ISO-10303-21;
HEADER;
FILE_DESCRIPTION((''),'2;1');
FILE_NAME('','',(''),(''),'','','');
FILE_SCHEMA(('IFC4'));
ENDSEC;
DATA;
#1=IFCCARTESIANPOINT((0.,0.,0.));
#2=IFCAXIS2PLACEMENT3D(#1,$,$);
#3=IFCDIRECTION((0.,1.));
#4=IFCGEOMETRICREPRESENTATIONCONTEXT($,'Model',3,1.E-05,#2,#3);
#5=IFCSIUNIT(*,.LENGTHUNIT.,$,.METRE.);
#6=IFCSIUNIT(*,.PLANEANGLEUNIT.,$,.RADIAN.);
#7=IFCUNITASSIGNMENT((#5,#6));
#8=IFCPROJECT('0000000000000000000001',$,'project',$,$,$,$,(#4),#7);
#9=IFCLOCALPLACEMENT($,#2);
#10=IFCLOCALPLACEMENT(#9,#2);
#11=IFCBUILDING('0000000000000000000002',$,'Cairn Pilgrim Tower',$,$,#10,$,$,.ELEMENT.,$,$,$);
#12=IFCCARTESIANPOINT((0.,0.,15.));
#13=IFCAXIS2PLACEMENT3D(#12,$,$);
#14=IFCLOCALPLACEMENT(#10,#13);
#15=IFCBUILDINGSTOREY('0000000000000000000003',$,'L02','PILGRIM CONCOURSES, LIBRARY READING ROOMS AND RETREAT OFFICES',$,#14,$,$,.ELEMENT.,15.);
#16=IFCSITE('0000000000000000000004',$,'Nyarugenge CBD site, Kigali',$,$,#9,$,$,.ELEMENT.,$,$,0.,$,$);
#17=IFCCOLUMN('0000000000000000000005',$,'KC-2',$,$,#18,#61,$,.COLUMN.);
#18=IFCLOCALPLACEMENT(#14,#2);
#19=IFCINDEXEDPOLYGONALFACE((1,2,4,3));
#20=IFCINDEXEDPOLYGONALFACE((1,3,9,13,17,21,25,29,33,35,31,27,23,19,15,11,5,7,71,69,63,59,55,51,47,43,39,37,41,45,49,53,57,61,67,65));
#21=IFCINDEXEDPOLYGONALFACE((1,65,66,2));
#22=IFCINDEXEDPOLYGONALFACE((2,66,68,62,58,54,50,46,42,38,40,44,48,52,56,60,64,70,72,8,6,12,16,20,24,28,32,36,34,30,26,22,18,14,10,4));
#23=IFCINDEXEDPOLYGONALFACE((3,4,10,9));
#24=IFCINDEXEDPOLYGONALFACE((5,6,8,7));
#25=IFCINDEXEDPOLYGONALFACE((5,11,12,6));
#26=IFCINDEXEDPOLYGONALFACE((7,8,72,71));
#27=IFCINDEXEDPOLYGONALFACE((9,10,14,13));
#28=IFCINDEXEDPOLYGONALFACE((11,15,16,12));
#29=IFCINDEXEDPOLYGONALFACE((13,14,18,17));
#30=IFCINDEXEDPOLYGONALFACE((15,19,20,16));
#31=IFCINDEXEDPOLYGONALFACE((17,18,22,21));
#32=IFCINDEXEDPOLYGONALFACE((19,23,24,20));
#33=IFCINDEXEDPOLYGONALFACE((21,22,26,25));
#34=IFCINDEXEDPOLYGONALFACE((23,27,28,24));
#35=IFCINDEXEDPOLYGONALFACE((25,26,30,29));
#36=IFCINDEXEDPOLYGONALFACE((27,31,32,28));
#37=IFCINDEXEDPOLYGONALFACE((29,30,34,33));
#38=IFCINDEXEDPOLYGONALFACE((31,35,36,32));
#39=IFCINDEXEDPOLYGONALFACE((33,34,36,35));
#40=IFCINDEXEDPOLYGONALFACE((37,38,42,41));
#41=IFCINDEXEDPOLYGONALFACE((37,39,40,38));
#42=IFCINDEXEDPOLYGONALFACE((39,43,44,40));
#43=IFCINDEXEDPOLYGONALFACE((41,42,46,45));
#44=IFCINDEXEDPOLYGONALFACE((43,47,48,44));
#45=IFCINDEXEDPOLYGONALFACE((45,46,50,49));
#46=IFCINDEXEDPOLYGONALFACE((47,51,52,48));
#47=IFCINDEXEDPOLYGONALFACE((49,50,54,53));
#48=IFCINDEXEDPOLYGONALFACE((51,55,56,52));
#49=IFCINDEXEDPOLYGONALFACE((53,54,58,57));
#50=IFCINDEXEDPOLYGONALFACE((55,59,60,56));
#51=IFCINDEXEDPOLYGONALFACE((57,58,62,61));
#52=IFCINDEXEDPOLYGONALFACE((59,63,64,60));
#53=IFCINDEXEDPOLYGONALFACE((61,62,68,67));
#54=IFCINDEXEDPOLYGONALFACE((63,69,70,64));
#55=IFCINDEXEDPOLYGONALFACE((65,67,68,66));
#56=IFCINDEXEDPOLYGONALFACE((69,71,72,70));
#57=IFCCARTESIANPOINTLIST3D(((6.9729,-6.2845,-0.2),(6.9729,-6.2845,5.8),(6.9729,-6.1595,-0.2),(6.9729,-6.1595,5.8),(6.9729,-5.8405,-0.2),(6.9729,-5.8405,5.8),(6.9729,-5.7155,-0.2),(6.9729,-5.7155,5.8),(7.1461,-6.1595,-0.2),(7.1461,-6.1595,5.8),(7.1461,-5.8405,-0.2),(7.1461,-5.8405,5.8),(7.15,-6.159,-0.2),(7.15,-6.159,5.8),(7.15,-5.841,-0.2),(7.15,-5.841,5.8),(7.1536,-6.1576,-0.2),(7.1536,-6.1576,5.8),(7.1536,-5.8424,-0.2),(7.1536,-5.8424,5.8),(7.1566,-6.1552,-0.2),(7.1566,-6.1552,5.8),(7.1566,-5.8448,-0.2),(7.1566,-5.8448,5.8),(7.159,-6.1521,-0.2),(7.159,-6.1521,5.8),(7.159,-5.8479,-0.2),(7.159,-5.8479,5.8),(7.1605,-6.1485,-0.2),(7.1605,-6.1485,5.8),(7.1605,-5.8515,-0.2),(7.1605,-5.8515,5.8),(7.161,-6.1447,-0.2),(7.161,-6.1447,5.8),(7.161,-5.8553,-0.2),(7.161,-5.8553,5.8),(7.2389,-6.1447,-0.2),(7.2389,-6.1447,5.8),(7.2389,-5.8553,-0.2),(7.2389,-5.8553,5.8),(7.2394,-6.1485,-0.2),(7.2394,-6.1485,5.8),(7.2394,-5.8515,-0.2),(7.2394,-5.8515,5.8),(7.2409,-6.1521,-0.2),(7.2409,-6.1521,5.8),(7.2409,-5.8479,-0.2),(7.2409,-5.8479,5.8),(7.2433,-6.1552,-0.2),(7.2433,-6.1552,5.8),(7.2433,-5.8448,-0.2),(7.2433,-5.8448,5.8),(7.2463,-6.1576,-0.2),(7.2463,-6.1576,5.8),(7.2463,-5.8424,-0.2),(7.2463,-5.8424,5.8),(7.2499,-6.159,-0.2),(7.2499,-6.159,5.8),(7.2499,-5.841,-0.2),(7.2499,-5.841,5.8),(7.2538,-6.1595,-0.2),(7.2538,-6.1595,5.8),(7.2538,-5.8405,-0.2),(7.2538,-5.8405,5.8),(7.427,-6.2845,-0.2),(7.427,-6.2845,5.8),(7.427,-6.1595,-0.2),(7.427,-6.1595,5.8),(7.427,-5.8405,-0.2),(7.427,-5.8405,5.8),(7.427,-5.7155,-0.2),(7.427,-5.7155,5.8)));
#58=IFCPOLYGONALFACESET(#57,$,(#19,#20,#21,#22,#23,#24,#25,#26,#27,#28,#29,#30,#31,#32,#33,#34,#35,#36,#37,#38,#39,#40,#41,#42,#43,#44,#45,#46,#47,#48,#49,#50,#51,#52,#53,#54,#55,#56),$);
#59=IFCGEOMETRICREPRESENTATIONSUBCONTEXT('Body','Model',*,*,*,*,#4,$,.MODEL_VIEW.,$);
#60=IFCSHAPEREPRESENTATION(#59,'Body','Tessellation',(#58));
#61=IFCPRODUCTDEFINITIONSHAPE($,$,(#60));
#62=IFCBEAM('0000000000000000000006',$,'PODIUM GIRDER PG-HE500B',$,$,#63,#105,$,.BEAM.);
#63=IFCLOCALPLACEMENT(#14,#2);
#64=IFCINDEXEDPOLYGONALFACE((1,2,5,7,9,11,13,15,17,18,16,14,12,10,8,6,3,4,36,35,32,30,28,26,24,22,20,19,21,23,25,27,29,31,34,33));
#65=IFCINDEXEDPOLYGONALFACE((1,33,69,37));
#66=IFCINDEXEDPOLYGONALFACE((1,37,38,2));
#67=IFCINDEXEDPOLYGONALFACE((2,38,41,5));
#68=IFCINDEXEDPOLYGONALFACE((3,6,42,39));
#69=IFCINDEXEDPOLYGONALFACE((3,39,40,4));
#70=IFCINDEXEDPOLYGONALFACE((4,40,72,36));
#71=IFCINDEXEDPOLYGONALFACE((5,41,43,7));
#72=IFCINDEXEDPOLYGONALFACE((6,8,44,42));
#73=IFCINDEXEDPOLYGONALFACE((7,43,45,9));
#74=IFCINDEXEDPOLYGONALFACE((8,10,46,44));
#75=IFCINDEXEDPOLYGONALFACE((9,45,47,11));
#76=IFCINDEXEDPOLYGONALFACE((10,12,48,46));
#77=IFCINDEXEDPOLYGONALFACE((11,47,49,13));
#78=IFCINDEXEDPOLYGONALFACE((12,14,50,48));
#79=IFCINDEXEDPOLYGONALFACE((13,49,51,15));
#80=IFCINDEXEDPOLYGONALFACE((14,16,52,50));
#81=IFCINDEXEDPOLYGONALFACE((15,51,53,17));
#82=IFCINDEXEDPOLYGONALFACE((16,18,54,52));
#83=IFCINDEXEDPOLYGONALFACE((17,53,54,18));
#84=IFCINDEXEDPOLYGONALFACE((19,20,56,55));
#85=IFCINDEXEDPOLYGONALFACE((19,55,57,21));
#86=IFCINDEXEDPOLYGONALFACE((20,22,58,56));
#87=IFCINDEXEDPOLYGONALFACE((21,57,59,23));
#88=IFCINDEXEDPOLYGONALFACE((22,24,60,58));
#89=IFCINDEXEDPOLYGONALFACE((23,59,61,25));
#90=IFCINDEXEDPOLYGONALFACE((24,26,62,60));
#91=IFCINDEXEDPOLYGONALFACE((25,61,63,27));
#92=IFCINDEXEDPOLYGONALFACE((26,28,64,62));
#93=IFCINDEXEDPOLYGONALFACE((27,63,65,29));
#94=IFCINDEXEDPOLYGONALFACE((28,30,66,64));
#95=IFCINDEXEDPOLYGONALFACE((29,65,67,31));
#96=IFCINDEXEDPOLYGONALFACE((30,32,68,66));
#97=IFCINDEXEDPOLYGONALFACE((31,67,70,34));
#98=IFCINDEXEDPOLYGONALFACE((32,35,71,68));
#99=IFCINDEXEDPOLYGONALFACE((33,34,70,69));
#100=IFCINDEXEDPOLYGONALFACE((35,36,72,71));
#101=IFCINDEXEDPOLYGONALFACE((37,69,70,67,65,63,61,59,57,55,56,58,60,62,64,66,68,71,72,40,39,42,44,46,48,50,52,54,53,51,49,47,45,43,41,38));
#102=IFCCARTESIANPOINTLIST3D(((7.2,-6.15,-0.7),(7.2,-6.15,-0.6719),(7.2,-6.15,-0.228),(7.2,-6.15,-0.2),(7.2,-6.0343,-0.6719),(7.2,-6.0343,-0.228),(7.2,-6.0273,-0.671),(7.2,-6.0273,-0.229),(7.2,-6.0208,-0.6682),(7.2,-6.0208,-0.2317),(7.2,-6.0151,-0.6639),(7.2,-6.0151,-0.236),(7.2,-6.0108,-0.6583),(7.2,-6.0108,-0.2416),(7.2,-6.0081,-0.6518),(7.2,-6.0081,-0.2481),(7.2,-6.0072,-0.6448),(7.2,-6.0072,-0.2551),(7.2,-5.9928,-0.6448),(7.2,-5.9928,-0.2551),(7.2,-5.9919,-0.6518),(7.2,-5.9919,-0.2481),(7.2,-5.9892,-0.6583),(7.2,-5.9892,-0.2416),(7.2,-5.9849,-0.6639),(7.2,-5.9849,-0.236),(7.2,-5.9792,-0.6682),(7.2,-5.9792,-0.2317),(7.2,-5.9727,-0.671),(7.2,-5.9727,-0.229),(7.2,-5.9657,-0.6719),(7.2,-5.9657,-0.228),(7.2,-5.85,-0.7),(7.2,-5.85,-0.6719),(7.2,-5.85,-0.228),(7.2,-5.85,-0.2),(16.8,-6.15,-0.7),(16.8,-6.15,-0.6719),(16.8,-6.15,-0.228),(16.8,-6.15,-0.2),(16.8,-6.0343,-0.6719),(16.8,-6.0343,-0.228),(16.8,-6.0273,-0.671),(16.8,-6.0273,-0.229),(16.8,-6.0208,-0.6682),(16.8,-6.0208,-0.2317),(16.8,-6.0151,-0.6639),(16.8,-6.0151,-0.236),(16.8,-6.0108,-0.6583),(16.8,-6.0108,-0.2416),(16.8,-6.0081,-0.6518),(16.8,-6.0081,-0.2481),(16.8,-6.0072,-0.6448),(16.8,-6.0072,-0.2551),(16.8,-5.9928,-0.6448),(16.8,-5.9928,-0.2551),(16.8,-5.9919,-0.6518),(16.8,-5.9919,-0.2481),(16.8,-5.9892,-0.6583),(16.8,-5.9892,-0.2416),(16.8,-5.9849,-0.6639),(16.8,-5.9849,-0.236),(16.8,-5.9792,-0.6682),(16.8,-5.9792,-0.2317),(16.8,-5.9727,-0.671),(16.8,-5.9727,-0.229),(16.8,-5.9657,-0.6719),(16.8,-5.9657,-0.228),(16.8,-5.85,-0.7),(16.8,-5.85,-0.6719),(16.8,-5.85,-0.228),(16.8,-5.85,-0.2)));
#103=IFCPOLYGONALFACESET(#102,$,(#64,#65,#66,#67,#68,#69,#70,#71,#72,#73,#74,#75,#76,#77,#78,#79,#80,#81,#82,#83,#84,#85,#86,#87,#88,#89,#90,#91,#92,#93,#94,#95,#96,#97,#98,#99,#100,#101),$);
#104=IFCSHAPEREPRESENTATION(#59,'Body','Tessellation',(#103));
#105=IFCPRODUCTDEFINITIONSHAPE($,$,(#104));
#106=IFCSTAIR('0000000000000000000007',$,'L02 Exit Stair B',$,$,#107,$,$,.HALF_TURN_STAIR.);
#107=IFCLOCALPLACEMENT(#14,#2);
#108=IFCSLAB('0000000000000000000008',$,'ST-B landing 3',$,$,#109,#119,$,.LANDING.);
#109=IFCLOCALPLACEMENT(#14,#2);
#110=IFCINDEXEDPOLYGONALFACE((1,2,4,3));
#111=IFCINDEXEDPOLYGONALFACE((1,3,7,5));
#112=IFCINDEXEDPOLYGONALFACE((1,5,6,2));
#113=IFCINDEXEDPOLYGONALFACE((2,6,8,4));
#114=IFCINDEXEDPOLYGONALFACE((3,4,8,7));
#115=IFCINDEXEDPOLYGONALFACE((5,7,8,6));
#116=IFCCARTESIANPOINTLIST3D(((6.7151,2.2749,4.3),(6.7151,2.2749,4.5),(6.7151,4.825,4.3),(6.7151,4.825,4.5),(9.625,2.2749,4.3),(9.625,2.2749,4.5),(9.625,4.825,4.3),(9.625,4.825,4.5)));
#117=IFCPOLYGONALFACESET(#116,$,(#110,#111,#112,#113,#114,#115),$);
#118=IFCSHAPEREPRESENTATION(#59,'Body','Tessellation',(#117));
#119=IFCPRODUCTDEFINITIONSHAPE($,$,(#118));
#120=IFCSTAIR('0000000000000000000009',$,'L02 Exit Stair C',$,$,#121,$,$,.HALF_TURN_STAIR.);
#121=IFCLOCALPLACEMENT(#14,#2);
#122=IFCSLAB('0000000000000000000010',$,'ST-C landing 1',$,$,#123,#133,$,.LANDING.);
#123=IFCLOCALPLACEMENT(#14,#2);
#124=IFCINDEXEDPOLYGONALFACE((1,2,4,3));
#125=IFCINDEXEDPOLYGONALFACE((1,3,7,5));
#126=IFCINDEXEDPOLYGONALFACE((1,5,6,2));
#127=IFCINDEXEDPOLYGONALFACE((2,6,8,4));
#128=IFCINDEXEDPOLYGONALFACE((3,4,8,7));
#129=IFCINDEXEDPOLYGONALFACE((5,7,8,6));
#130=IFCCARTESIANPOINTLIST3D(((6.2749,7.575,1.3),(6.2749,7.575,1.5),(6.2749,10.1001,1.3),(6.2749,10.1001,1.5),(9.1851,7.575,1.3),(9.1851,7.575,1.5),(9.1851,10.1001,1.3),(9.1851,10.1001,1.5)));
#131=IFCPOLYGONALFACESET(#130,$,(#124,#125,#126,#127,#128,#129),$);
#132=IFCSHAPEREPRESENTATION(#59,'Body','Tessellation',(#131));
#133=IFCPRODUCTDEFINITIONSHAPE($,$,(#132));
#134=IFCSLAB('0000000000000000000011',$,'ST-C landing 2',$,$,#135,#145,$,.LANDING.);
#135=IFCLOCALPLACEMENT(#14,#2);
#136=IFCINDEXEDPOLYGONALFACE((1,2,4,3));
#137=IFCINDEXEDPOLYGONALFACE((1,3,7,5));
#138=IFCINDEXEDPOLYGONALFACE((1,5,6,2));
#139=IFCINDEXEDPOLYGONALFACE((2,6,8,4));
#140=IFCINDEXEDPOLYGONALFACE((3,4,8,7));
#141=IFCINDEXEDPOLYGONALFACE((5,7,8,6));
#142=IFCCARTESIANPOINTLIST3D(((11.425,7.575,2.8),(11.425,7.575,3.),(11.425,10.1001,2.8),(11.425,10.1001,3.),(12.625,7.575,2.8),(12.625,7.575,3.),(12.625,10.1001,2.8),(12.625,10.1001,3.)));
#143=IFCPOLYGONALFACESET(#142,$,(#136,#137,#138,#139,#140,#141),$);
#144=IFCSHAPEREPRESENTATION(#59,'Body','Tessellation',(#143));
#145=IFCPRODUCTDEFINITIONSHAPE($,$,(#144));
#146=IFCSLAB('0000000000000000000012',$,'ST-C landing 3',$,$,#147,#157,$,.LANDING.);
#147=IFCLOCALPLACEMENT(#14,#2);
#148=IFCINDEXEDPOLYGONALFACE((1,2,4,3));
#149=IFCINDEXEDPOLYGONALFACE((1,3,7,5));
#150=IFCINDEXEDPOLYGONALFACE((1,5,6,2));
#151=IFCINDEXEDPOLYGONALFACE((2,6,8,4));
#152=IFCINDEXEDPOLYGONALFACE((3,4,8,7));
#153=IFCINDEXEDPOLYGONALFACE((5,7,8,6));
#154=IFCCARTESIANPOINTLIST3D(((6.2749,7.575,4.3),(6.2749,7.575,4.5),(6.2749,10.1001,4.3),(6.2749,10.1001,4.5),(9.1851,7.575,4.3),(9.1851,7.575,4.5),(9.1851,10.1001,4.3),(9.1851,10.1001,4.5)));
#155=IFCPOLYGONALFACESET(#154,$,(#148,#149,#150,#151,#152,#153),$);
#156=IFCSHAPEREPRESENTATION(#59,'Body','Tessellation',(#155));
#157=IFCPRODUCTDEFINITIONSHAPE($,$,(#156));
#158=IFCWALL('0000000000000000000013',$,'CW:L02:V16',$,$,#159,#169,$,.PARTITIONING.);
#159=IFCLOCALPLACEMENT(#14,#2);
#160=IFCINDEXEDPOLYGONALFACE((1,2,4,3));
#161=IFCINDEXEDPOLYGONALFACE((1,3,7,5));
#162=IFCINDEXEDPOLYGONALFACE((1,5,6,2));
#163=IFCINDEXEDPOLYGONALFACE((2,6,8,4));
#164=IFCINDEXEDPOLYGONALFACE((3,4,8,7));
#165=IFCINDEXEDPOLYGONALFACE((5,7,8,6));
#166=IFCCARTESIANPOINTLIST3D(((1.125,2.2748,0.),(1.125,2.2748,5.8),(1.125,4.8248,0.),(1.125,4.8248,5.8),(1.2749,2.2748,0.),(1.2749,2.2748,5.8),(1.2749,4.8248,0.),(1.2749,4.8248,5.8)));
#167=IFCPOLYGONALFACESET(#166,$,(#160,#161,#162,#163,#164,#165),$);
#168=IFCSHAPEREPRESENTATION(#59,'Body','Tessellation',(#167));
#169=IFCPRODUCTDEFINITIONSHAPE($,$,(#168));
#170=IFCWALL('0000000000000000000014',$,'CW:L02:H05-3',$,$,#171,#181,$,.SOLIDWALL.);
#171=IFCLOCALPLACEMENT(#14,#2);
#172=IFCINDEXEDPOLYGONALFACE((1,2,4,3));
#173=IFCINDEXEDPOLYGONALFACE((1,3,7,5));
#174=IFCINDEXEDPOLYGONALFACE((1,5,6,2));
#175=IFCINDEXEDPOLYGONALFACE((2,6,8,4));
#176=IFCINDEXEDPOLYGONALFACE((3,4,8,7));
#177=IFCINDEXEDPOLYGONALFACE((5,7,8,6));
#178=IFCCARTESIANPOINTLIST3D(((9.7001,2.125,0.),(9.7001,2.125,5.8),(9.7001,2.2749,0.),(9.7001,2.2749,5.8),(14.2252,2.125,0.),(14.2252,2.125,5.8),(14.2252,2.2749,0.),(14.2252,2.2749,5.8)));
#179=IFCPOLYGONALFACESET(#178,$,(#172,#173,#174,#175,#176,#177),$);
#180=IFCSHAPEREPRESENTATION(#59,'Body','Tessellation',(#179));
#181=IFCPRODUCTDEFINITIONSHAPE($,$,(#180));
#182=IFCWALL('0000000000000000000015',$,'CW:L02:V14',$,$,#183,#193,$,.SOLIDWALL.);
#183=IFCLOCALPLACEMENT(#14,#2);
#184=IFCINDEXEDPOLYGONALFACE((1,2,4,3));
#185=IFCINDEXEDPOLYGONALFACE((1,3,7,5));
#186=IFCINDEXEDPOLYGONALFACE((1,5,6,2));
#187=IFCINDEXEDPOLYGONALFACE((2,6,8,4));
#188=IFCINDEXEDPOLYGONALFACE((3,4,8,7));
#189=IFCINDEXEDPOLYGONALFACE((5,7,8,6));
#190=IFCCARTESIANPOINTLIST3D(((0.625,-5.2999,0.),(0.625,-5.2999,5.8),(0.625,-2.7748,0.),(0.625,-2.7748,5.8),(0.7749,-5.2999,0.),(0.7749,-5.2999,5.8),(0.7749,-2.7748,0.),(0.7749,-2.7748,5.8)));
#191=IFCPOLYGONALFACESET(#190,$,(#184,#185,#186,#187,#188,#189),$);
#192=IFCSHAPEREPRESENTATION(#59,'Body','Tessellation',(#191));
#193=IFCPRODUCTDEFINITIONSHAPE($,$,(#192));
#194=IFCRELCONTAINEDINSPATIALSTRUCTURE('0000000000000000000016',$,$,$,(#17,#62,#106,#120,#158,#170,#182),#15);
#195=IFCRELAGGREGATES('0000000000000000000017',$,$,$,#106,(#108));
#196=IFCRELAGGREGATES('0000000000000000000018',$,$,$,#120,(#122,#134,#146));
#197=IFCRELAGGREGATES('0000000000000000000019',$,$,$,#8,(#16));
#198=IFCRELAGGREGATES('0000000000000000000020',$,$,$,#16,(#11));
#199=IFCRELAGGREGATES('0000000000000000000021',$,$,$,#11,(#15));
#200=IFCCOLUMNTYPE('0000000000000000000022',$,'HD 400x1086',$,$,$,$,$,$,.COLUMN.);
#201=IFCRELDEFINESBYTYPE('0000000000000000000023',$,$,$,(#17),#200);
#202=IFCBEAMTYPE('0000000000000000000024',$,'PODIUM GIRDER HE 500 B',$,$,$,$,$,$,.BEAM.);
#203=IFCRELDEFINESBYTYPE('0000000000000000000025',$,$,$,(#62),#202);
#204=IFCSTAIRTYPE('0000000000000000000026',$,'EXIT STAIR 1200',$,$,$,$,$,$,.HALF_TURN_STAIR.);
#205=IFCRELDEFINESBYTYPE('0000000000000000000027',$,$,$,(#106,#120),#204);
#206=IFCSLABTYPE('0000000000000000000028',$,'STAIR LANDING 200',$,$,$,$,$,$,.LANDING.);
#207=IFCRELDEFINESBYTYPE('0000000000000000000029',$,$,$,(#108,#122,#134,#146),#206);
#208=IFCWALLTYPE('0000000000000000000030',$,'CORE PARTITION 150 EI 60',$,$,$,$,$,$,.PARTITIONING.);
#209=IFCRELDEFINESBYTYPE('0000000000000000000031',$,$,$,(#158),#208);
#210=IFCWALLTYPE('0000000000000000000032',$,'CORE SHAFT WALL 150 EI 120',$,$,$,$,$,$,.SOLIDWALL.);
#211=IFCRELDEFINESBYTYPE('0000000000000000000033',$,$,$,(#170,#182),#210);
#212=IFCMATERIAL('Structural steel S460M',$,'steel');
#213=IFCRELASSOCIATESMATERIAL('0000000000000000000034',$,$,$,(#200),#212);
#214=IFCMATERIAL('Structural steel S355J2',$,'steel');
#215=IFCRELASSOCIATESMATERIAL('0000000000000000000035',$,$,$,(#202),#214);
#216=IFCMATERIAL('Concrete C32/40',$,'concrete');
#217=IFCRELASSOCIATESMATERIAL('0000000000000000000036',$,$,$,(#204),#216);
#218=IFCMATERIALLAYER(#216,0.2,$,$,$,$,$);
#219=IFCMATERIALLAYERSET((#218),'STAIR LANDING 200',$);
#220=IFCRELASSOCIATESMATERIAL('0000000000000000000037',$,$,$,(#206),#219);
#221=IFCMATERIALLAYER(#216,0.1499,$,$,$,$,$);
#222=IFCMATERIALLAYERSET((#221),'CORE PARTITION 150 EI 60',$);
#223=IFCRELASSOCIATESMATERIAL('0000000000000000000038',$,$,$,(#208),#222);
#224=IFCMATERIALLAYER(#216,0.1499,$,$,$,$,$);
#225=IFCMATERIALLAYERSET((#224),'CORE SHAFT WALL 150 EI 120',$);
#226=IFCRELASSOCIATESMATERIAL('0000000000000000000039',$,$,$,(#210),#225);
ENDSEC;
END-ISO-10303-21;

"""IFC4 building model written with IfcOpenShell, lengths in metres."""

from ifc_helpers import new_model, si_unit, direction, frame, frame_2d, origin, origin_2d, place, context, subcontext, project, spatial, polyline, rectangle, i_section, outline, extrude, material, layer, layer_set, material_profile, profile_set, type_object, element, aggregate, save


model = new_model("IFC4")

# Units and contexts
model_context = context("Model", 3, precision=1e-05, world=origin(), true_north=direction((0.0, 1.0)))
body_context = subcontext(model_context, "Body", "Model", "MODEL_VIEW")
ifc_project = project(units=[si_unit("LENGTHUNIT", "METRE"), si_unit("PLANEANGLEUNIT", "RADIAN")], contexts=[model_context])

# Site, building, storey
site_placement = place(None, origin())
site = spatial("IfcSite", under=ifc_project, at=site_placement, Name="Nyarugenge CBD site, Kigali", CompositionType="ELEMENT", RefElevation=0.0)
building_placement = place(site_placement, origin())
building = spatial("IfcBuilding", under=site, at=building_placement, Name="Cairn Pilgrim Tower", CompositionType="ELEMENT")
storey_placement = place(building_placement, frame((0.0, 0.0, 15.0)))
storey = spatial("IfcBuildingStorey", under=building, at=storey_placement, Name="L02", Description="PILGRIM CONCOURSES, LIBRARY READING ROOMS AND RETREAT OFFICES", CompositionType="ELEMENT", Elevation=15.0)

# Column
ifc_material_1 = material(Name="Structural steel S460M", Category="steel")
ifc_material_profile_1 = material_profile(ifc_material_1, i_section(OverallWidth=0.4541, OverallDepth=0.5691, WebThickness=0.0779, FlangeThickness=0.125, FilletRadius=0.0149, at=origin_2d()), Name="HD 400x1086")
ifc_profile_set_1 = profile_set([ifc_material_profile_1], Name="Structural steel S460M")
column_type = type_object("IfcColumnType", Name="HD 400x1086", PredefinedType="COLUMN", material=ifc_profile_set_1)
column_placement = place(storey_placement, frame((7.2, -6.0, -0.2), z_axis=(0.0, 0.0, 1.0), x_axis=(1.0, 0.0, 0.0)))
element("IfcColumn", 1, at=column_placement, inside=storey, type_object=column_type, Name="KC-2", PredefinedType="COLUMN", context=body_context, shape_type="SweptSolid", body=[
    extrude(i_section(OverallWidth=0.4541, OverallDepth=0.5691, WebThickness=0.0779, FlangeThickness=0.125, FilletRadius=0.0149, at=origin_2d()), origin(), (0.0, 0.0, 1.0), 6.0),
])

# Beam
ifc_material_2 = material(Name="Structural steel S355J2", Category="steel")
ifc_material_profile_2 = material_profile(ifc_material_2, i_section(OverallWidth=0.3, OverallDepth=0.5, WebThickness=0.0144, FlangeThickness=0.0281, FilletRadius=0.0271, at=origin_2d()), Name="HEB 500")
ifc_profile_set_2 = profile_set([ifc_material_profile_2], Name="Structural steel S355J2")
beam_type = type_object("IfcBeamType", Name="PODIUM GIRDER HE 500 B", PredefinedType="BEAM", material=ifc_profile_set_2)
beam_placement = place(storey_placement, frame((7.2, -6.0, -0.45), z_axis=(1.0, 0.0, 0.0), x_axis=(0.0, 1.0, 0.0)))
element("IfcBeam", 2, at=beam_placement, inside=storey, type_object=beam_type, Name="PODIUM GIRDER PG-HE500B", PredefinedType="BEAM", context=body_context, shape_type="SweptSolid", body=[
    extrude(i_section(OverallWidth=0.3, OverallDepth=0.5, WebThickness=0.0144, FlangeThickness=0.0281, FilletRadius=0.0271, at=origin_2d()), origin(), (0.0, 0.0, 1.0), 9.6001),
])

# Stair, slab
ifc_material_3 = material(Name="Concrete C32/40", Category="concrete")
stair_type = type_object("IfcStairType", Name="EXIT STAIR 1200", PredefinedType="HALF_TURN_STAIR", material=ifc_material_3)
stair_1_placement = place(storey_placement, origin())
stair_1 = element("IfcStair", 3, at=stair_1_placement, inside=storey, type_object=stair_type, Name="L02 Exit Stair B", PredefinedType="HALF_TURN_STAIR")
ifc_layer_1 = layer(ifc_material_3, 0.2)
ifc_layer_set_1 = layer_set([ifc_layer_1], Name="STAIR LANDING 200")
slab_type = type_object("IfcSlabType", Name="STAIR LANDING 200", PredefinedType="LANDING", material=ifc_layer_set_1)
slab_1_placement = place(storey_placement, frame((0.0, 0.0, 4.3)))
slab_1 = element("IfcSlab", 4, at=slab_1_placement, type_object=slab_type, Name="ST-B landing 3", PredefinedType="LANDING", context=body_context, shape_type="SweptSolid", body=[
    extrude(outline(polyline([(6.7151, 2.2749), (9.625, 2.2749), (9.625, 4.825), (6.7151, 4.825), (6.7151, 2.2749)])), origin(), (0.0, 0.0, 1.0), 0.2),
])
aggregate(stair_1, [slab_1])

# Stair, slabs
stair_2_placement = place(storey_placement, origin())
stair_2 = element("IfcStair", 5, at=stair_2_placement, inside=storey, type_object=stair_type, Name="L02 Exit Stair C", PredefinedType="HALF_TURN_STAIR")
slab_2_placement = place(storey_placement, frame((0.0, 0.0, 1.3)))
slab_2 = element("IfcSlab", 6, at=slab_2_placement, type_object=slab_type, Name="ST-C landing 1", PredefinedType="LANDING", context=body_context, shape_type="SweptSolid", body=[
    extrude(outline(polyline([(9.1851, 10.1001), (6.2749, 10.1001), (6.2749, 7.575), (9.1851, 7.575), (9.1851, 10.1001)])), origin(), (0.0, 0.0, 1.0), 0.2),
])
slab_3_placement = place(storey_placement, frame((0.0, 0.0, 2.8)))
slab_3 = element("IfcSlab", 7, at=slab_3_placement, type_object=slab_type, Name="ST-C landing 2", PredefinedType="LANDING", context=body_context, shape_type="SweptSolid", body=[
    extrude(outline(polyline([(12.625, 10.1001), (11.425, 10.1001), (11.425, 7.575), (12.625, 7.575), (12.625, 10.1001)])), origin(), (0.0, 0.0, 1.0), 0.2),
])
slab_4_placement = place(storey_placement, frame((0.0, 0.0, 4.3)))
slab_4 = element("IfcSlab", 8, at=slab_4_placement, type_object=slab_type, Name="ST-C landing 3", PredefinedType="LANDING", context=body_context, shape_type="SweptSolid", body=[
    extrude(outline(polyline([(9.1851, 10.1001), (6.2749, 10.1001), (6.2749, 7.575), (9.1851, 7.575), (9.1851, 10.1001)])), origin(), (0.0, 0.0, 1.0), 0.2),
])
aggregate(stair_2, [slab_2, slab_3, slab_4])

# Walls
ifc_layer_2 = layer(ifc_material_3, 0.1499)
ifc_layer_set_2 = layer_set([ifc_layer_2], Name="CORE PARTITION 150 EI 60")
wall_type_1 = type_object("IfcWallType", Name="CORE PARTITION 150 EI 60", PredefinedType="PARTITIONING", material=ifc_layer_set_2)
wall_1_placement = place(storey_placement, frame((1.2, 2.2749, 0.0), z_axis=(0.0, 0.0, 1.0), x_axis=(0.0, 1.0, 0.0)))
element("IfcWall", 9, at=wall_1_placement, inside=storey, type_object=wall_type_1, Name="CW:L02:V16", PredefinedType="PARTITIONING", context=body_context, shape_type="SweptSolid", body=[
    extrude(rectangle(XDim=2.55, YDim=0.1499, at=frame_2d((1.2749, 0.0))), origin(), (0.0, 0.0, 1.0), 5.8),
])
ifc_layer_3 = layer(ifc_material_3, 0.1499)
ifc_layer_set_3 = layer_set([ifc_layer_3], Name="CORE SHAFT WALL 150 EI 120")
wall_type_2 = type_object("IfcWallType", Name="CORE SHAFT WALL 150 EI 120", PredefinedType="SOLIDWALL", material=ifc_layer_set_3)
wall_2_placement = place(storey_placement, frame((9.7, 2.2, 0.0), z_axis=(0.0, 0.0, 1.0), x_axis=(1.0, 0.0, 0.0)))
element("IfcWall", 10, at=wall_2_placement, inside=storey, type_object=wall_type_2, Name="CW:L02:H05-3", PredefinedType="SOLIDWALL", context=body_context, shape_type="SweptSolid", body=[
    extrude(rectangle(XDim=4.5251, YDim=0.1499, at=frame_2d((2.2627, 0.0))), origin(), (0.0, 0.0, 1.0), 5.8),
])
wall_3_placement = place(storey_placement, frame((0.7, -5.3, 0.0), z_axis=(0.0, 0.0, 1.0), x_axis=(0.0, 1.0, 0.0)))
element("IfcWall", 11, at=wall_3_placement, inside=storey, type_object=wall_type_2, Name="CW:L02:V14", PredefinedType="SOLIDWALL", context=body_context, shape_type="SweptSolid", body=[
    extrude(rectangle(XDim=2.5251, YDim=0.1499, at=frame_2d((1.2627, 0.0))), origin(), (0.0, 0.0, 1.0), 5.8),
])

save(model, "model.ifc")
